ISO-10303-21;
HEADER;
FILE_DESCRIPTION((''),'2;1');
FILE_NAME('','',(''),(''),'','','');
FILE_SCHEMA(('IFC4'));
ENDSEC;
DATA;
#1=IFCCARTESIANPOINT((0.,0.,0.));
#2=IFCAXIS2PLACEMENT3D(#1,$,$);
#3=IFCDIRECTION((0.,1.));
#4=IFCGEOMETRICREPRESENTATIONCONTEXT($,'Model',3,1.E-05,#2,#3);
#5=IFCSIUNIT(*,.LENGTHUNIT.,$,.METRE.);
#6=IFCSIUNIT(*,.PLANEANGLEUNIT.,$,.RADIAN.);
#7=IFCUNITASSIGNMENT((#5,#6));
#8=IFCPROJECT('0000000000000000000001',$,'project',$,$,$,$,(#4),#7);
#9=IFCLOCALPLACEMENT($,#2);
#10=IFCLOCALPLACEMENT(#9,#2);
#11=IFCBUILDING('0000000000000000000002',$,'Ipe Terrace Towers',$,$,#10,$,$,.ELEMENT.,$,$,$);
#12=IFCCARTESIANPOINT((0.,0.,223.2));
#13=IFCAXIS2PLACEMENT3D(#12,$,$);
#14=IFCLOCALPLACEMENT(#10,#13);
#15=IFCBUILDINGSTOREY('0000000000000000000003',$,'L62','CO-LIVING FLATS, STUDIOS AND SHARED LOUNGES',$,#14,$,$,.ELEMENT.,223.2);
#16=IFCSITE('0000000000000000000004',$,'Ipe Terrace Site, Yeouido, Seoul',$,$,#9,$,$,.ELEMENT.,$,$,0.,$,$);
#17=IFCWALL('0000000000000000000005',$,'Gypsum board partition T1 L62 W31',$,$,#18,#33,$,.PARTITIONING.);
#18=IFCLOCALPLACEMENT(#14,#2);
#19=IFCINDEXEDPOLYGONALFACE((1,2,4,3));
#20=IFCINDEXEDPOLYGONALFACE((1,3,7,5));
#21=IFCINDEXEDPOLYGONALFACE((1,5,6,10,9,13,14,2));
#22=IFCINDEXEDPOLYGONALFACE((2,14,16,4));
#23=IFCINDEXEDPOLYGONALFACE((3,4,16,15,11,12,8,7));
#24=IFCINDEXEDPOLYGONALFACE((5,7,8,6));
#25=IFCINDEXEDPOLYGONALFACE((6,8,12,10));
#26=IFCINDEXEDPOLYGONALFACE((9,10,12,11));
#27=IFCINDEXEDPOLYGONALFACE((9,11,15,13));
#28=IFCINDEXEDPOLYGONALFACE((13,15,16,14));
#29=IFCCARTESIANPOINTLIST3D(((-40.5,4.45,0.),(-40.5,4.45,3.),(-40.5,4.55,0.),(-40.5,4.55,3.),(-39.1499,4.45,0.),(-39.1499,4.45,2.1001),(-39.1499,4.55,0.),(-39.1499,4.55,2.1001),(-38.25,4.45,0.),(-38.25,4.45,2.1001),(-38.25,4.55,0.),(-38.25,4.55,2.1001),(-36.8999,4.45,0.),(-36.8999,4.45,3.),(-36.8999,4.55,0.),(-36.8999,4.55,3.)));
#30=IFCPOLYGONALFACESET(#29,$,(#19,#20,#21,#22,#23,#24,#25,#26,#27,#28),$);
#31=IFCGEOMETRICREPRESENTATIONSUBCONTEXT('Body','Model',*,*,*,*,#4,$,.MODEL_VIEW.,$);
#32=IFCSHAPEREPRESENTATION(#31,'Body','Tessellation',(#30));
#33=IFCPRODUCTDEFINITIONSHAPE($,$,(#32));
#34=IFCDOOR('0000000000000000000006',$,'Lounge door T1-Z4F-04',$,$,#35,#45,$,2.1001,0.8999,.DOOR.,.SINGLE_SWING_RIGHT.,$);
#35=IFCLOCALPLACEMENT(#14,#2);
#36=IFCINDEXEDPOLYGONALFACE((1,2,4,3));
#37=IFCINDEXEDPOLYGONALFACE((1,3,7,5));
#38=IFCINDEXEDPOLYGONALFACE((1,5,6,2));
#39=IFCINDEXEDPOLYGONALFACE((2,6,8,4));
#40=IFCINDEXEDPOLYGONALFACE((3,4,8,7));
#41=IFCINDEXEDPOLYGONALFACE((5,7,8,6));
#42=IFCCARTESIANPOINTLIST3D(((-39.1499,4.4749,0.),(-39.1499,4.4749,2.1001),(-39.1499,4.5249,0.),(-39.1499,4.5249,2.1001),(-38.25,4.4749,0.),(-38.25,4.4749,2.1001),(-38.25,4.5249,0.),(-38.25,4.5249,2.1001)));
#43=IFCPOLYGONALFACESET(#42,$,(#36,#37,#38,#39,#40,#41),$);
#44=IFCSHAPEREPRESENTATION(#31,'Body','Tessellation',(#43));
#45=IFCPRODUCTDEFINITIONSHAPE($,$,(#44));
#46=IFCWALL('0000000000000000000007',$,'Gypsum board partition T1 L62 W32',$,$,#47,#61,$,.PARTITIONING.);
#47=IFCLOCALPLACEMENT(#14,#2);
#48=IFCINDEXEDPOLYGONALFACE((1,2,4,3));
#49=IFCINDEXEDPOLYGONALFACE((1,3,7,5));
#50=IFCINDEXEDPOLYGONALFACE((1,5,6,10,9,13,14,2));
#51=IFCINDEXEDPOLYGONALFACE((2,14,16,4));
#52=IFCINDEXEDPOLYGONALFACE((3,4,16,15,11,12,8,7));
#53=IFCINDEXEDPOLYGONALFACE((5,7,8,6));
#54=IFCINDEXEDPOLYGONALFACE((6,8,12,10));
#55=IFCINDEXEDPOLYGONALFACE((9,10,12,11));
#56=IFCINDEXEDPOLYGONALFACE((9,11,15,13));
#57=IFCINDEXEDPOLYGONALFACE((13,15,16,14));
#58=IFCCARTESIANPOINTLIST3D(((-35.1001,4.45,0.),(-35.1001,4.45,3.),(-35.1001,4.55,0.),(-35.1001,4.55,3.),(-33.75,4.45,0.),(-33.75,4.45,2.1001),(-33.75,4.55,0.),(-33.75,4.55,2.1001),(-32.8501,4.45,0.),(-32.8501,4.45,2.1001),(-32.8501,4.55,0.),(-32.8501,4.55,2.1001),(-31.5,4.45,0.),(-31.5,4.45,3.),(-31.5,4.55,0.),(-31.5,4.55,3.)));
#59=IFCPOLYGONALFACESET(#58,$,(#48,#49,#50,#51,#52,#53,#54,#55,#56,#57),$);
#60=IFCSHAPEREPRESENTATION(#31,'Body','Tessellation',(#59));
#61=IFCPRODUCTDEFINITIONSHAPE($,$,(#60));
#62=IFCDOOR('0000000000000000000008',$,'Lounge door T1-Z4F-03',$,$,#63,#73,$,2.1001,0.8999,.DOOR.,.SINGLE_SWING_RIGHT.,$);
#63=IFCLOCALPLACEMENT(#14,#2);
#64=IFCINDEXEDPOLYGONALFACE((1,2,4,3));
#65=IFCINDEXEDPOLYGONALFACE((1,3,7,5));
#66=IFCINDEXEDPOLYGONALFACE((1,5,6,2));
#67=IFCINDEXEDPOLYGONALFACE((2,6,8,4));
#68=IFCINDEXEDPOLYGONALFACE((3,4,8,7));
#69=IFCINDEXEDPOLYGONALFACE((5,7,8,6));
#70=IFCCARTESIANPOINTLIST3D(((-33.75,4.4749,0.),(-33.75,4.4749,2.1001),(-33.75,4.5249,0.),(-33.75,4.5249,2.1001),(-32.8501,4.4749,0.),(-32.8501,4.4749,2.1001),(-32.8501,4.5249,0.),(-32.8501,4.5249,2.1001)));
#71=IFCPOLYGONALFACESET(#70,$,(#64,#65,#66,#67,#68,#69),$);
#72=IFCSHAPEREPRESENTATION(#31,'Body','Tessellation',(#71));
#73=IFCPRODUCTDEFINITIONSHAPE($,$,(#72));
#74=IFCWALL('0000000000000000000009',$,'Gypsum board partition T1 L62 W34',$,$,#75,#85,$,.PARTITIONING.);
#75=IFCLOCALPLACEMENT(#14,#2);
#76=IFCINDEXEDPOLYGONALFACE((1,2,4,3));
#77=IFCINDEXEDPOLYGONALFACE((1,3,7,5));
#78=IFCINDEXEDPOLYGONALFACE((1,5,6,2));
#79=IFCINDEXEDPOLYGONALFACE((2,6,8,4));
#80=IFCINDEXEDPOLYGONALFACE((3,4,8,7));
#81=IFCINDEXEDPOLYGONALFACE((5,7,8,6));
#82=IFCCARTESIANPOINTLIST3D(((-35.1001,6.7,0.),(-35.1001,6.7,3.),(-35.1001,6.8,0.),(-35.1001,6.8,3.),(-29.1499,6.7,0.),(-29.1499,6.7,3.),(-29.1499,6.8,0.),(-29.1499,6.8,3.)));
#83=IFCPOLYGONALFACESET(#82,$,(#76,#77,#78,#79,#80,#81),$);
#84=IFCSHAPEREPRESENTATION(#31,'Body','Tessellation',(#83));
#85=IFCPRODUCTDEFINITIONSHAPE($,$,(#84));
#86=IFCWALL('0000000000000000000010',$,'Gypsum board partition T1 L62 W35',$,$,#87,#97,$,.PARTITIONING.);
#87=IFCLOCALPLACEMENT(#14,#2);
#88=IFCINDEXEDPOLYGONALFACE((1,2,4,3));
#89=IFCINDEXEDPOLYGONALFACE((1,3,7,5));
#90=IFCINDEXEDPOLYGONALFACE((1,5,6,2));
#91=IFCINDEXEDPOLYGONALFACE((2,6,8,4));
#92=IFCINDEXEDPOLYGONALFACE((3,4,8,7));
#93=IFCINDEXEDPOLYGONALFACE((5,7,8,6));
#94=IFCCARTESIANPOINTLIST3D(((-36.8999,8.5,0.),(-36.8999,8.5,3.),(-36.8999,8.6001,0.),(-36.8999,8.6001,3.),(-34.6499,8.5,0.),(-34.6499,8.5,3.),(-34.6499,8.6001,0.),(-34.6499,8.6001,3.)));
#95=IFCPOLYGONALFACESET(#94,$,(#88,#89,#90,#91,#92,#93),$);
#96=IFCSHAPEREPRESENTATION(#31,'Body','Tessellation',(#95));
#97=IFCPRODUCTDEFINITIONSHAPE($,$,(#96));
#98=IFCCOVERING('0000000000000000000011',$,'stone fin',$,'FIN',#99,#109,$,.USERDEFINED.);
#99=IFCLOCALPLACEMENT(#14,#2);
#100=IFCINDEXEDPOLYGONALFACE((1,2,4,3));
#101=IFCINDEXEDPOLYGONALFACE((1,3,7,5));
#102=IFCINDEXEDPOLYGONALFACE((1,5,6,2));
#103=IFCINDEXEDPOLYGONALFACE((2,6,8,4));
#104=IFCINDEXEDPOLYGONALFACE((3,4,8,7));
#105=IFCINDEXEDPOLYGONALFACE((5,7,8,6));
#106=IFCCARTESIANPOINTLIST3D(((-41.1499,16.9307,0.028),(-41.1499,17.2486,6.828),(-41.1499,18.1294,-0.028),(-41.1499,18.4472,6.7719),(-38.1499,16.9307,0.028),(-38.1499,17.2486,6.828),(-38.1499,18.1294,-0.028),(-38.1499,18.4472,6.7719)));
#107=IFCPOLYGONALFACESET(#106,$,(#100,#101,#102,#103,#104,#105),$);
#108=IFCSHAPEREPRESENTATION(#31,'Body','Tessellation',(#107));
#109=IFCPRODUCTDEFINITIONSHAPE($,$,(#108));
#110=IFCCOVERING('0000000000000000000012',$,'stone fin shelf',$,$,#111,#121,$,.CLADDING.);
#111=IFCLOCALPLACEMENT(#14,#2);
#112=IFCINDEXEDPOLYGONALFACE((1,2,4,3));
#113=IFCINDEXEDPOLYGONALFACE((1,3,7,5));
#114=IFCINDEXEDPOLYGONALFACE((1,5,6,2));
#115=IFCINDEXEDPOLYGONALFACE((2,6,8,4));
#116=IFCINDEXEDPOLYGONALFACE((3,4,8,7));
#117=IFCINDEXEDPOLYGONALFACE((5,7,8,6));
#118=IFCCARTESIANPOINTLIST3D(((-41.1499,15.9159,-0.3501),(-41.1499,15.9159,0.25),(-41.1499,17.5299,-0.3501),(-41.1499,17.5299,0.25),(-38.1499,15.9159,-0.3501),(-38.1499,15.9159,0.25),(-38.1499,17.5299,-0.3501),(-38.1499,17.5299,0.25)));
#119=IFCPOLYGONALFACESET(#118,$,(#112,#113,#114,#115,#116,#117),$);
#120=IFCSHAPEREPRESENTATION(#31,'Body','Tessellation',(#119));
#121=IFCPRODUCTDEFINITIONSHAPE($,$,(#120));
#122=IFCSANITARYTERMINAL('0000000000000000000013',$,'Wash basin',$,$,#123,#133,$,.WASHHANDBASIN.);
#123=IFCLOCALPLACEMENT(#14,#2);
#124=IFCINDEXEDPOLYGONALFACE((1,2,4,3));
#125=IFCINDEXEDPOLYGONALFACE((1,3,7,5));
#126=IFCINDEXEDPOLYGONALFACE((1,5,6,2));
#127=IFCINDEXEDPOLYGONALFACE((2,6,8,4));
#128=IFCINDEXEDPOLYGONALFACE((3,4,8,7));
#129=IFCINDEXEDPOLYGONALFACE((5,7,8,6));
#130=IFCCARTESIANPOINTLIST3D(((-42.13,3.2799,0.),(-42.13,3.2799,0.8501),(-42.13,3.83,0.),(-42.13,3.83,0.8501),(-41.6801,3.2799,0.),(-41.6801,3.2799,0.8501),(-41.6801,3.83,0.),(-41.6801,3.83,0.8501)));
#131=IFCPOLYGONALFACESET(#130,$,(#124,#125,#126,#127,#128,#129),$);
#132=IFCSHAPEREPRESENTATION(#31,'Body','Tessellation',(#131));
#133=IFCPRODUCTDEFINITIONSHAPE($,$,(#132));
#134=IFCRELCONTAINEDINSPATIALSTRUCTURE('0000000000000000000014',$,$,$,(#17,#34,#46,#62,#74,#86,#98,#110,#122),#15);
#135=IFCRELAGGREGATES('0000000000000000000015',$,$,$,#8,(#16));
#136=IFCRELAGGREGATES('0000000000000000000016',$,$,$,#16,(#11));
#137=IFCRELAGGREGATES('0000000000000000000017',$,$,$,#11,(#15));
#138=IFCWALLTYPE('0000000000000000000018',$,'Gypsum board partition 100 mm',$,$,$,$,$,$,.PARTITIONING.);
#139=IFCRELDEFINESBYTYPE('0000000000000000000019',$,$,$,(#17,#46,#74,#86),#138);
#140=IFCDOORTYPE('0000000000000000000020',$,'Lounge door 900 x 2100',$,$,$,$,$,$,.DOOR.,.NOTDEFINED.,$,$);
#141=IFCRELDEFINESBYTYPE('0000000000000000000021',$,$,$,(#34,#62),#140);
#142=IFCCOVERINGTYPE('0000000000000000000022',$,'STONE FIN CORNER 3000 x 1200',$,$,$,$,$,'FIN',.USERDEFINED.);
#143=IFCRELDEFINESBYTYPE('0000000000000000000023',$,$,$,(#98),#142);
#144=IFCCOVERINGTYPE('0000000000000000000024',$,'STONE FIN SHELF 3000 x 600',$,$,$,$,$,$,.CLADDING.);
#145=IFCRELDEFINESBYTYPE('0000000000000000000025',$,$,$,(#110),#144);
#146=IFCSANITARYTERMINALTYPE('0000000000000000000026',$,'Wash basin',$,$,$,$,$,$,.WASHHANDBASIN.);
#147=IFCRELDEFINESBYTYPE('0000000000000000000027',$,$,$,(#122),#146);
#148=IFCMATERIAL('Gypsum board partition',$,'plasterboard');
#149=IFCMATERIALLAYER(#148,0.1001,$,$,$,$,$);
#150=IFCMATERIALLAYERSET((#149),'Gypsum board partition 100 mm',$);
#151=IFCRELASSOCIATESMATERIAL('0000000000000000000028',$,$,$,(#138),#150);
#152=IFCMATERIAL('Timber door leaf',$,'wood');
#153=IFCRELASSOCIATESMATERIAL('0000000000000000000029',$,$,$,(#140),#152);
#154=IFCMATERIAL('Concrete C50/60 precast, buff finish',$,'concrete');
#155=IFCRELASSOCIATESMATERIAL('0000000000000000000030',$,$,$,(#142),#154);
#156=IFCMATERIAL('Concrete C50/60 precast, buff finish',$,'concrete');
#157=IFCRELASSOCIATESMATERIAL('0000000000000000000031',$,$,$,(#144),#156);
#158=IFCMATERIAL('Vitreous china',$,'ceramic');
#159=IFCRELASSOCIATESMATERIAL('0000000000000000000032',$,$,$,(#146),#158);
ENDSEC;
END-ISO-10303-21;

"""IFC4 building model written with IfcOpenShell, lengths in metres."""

from ifc_helpers import new_model, si_unit, direction, frame, frame_2d, origin, origin_2d, place, context, subcontext, project, spatial, rectangle, extrude, material, layer, layer_set, material_profile, profile_set, type_object, element, fill, save


model = new_model("IFC4")

# Units and contexts
model_context = context("Model", 3, precision=1e-05, world=origin(), true_north=direction((0.0, 1.0)))
body_context = subcontext(model_context, "Body", "Model", "MODEL_VIEW")
ifc_project = project(units=[si_unit("LENGTHUNIT", "METRE"), si_unit("PLANEANGLEUNIT", "RADIAN")], contexts=[model_context])

# Site, building, storey
site_placement = place(None, origin())
site = spatial("IfcSite", under=ifc_project, at=site_placement, Name="Ipe Terrace Site, Yeouido, Seoul", CompositionType="ELEMENT", RefElevation=0.0)
building_placement = place(site_placement, origin())
building = spatial("IfcBuilding", under=site, at=building_placement, Name="Ipe Terrace Towers", CompositionType="ELEMENT")
storey_placement = place(building_placement, frame((0.0, 0.0, 223.2)))
storey = spatial("IfcBuildingStorey", under=building, at=storey_placement, Name="L62", Description="CO-LIVING FLATS, STUDIOS AND SHARED LOUNGES", CompositionType="ELEMENT", Elevation=223.2)

# Shared definitions
ifc_material_1 = material(Name="Gypsum board partition", Category="plasterboard")
ifc_layer_1 = layer(ifc_material_1, 0.1001)
ifc_layer_set_1 = layer_set([ifc_layer_1], Name="Gypsum board partition 100 mm")
wall_type_1 = type_object("IfcWallType", Name="Gypsum board partition 100 mm", PredefinedType="PARTITIONING", material=ifc_layer_set_1)

# Walls, openings, doors
ifc_material_2 = material(Name="Timber door leaf", Category="wood")
door_type = type_object("IfcDoorType", Name="Lounge door 900 x 2100", OperationType="NOTDEFINED", PredefinedType="DOOR", material=ifc_material_2)
wall_1_placement = place(storey_placement, frame((-40.5, 4.5, 0.0), z_axis=(0.0, 0.0, 1.0), x_axis=(1.0, 0.0, 0.0)))
wall_1 = element("IfcWall", 1, at=wall_1_placement, inside=storey, type_object=wall_type_1, Name="Gypsum board partition T1 L62 W31", PredefinedType="PARTITIONING", context=body_context, shape_type="SweptSolid", body=[
    extrude(rectangle(XDim=3.6001, YDim=0.1001, at=frame_2d((1.8, 0.0))), origin(), (0.0, 0.0, 1.0), 3.0),
])
opening_1_placement = place(wall_1_placement, frame((1.3501, 0.0, 0.0)))
opening_1 = element("IfcOpeningElement", 2, at=opening_1_placement, cuts=wall_1, PredefinedType="OPENING", context=body_context, shape_type="SweptSolid", body=[
    extrude(rectangle(XDim=0.8999, YDim=2.1001, at=frame_2d((0.45, 1.05))), frame((0.0, 0.0601, 0.0), z_axis=(0.0, -1.0, 0.0), x_axis=(1.0, 0.0, 0.0)), (0.0, 0.0, 1.0), 0.1201),
])
door_1_placement = place(opening_1_placement, origin())
door_1 = element("IfcDoor", 3, at=door_1_placement, inside=storey, type_object=door_type, Name="Lounge door T1-Z4F-04", OperationType="SINGLE_SWING_RIGHT", OverallHeight=2.1001, OverallWidth=0.8999, PredefinedType="DOOR", context=body_context, shape_type="SweptSolid", body=[
    extrude(rectangle(XDim=0.8999, YDim=2.1001, at=frame_2d((0.45, 1.05))), frame((0.0, 0.0249, 0.0), z_axis=(0.0, -1.0, 0.0), x_axis=(1.0, 0.0, 0.0)), (0.0, 0.0, 1.0), 0.05),
])
fill(opening_1, door_1)
wall_2_placement = place(storey_placement, frame((-35.1001, 4.5, 0.0), z_axis=(0.0, 0.0, 1.0), x_axis=(1.0, 0.0, 0.0)))
wall_2 = element("IfcWall", 4, at=wall_2_placement, inside=storey, type_object=wall_type_1, Name="Gypsum board partition T1 L62 W32", PredefinedType="PARTITIONING", context=body_context, shape_type="SweptSolid", body=[
    extrude(rectangle(XDim=3.6001, YDim=0.1001, at=frame_2d((1.8, 0.0))), origin(), (0.0, 0.0, 1.0), 3.0),
])
opening_2_placement = place(wall_2_placement, frame((1.3501, 0.0, 0.0)))
opening_2 = element("IfcOpeningElement", 5, at=opening_2_placement, cuts=wall_2, PredefinedType="OPENING", context=body_context, shape_type="SweptSolid", body=[
    extrude(rectangle(XDim=0.8999, YDim=2.1001, at=frame_2d((0.45, 1.05))), frame((0.0, 0.0601, 0.0), z_axis=(0.0, -1.0, 0.0), x_axis=(1.0, 0.0, 0.0)), (0.0, 0.0, 1.0), 0.1201),
])
door_2_placement = place(opening_2_placement, origin())
door_2 = element("IfcDoor", 6, at=door_2_placement, inside=storey, type_object=door_type, Name="Lounge door T1-Z4F-03", OperationType="SINGLE_SWING_RIGHT", OverallHeight=2.1001, OverallWidth=0.8999, PredefinedType="DOOR", context=body_context, shape_type="SweptSolid", body=[
    extrude(rectangle(XDim=0.8999, YDim=2.1001, at=frame_2d((0.45, 1.05))), frame((0.0, 0.0249, 0.0), z_axis=(0.0, -1.0, 0.0), x_axis=(1.0, 0.0, 0.0)), (0.0, 0.0, 1.0), 0.05),
])
fill(opening_2, door_2)

# Walls
wall_3_placement = place(storey_placement, frame((-35.1001, 6.75, 0.0), z_axis=(0.0, 0.0, 1.0), x_axis=(1.0, 0.0, 0.0)))
element("IfcWall", 7, at=wall_3_placement, inside=storey, type_object=wall_type_1, Name="Gypsum board partition T1 L62 W34", PredefinedType="PARTITIONING", context=body_context, shape_type="SweptSolid", body=[
    extrude(rectangle(XDim=5.9502, YDim=0.1001, at=frame_2d((2.9751, 0.0))), origin(), (0.0, 0.0, 1.0), 3.0),
])
wall_4_placement = place(storey_placement, frame((-36.8999, 8.55, 0.0), z_axis=(0.0, 0.0, 1.0), x_axis=(1.0, 0.0, 0.0)))
element("IfcWall", 8, at=wall_4_placement, inside=storey, type_object=wall_type_1, Name="Gypsum board partition T1 L62 W35", PredefinedType="PARTITIONING", context=body_context, shape_type="SweptSolid", body=[
    extrude(rectangle(XDim=2.25, YDim=0.1001, at=frame_2d((1.125, 0.0))), origin(), (0.0, 0.0, 1.0), 3.0),
])

# Coverings
ifc_material_3 = material(Name="Concrete C50/60 precast, buff finish", Category="concrete")
ifc_material_profile_1 = material_profile(ifc_material_3, rectangle(XDim=3.0, YDim=1.2, at=origin_2d()), Name="STONE FIN CORNER 3000 x 1200")
ifc_profile_set_1 = profile_set([ifc_material_profile_1], Name="Concrete C50/60 precast, buff finish")
covering_type_1 = type_object("IfcCoveringType", Name="STONE FIN CORNER 3000 x 1200", ElementType="FIN", PredefinedType="USERDEFINED", material=ifc_profile_set_1)
covering_1_placement = place(storey_placement, frame((-39.6499, 17.53, 0.0), z_axis=(0.0, 0.046694, 0.998909), x_axis=(-1.0, 0.0, 0.0)))
element("IfcCovering", 9, at=covering_1_placement, inside=storey, type_object=covering_type_1, Name="stone fin", ObjectType="FIN", PredefinedType="USERDEFINED", context=body_context, shape_type="SweptSolid", body=[
    extrude(rectangle(XDim=3.0, YDim=1.2, at=origin_2d()), origin(), (0.0, 0.0, 1.0), 6.8074),
])
ifc_material_4 = material(Name="Concrete C50/60 precast, buff finish", Category="concrete")
covering_type_2 = type_object("IfcCoveringType", Name="STONE FIN SHELF 3000 x 600", PredefinedType="CLADDING", material=ifc_material_4)
covering_2_placement = place(storey_placement, frame((-39.6499, 16.7229, -0.3501), z_axis=(0.0, 0.0, 1.0), x_axis=(-1.0, 0.0, 0.0)))
element("IfcCovering", 10, at=covering_2_placement, inside=storey, type_object=covering_type_2, Name="stone fin shelf", PredefinedType="CLADDING", context=body_context, shape_type="SweptSolid", body=[
    extrude(rectangle(XDim=3.0, YDim=1.614, at=origin_2d()), origin(), (0.0, 0.0, 1.0), 0.6001),
])

# Sanitary terminal
ifc_material_5 = material(Name="Vitreous china", Category="ceramic")
sanitary_terminal_type = type_object("IfcSanitaryTerminalType", Name="Wash basin", PredefinedType="WASHHANDBASIN", material=ifc_material_5)
sanitary_terminal_placement = place(storey_placement, frame((-41.905, 3.5549, 0.0), z_axis=(0.0, 0.0, 1.0), x_axis=(0.0, -1.0, 0.0)))
element("IfcSanitaryTerminal", 11, at=sanitary_terminal_placement, inside=storey, type_object=sanitary_terminal_type, Name="Wash basin", PredefinedType="WASHHANDBASIN", context=body_context, shape_type="SweptSolid", body=[
    extrude(rectangle(XDim=0.55, YDim=0.45, at=origin_2d()), origin(), (0.0, 0.0, 1.0), 0.8501),
])

save(model, "model.ifc")
